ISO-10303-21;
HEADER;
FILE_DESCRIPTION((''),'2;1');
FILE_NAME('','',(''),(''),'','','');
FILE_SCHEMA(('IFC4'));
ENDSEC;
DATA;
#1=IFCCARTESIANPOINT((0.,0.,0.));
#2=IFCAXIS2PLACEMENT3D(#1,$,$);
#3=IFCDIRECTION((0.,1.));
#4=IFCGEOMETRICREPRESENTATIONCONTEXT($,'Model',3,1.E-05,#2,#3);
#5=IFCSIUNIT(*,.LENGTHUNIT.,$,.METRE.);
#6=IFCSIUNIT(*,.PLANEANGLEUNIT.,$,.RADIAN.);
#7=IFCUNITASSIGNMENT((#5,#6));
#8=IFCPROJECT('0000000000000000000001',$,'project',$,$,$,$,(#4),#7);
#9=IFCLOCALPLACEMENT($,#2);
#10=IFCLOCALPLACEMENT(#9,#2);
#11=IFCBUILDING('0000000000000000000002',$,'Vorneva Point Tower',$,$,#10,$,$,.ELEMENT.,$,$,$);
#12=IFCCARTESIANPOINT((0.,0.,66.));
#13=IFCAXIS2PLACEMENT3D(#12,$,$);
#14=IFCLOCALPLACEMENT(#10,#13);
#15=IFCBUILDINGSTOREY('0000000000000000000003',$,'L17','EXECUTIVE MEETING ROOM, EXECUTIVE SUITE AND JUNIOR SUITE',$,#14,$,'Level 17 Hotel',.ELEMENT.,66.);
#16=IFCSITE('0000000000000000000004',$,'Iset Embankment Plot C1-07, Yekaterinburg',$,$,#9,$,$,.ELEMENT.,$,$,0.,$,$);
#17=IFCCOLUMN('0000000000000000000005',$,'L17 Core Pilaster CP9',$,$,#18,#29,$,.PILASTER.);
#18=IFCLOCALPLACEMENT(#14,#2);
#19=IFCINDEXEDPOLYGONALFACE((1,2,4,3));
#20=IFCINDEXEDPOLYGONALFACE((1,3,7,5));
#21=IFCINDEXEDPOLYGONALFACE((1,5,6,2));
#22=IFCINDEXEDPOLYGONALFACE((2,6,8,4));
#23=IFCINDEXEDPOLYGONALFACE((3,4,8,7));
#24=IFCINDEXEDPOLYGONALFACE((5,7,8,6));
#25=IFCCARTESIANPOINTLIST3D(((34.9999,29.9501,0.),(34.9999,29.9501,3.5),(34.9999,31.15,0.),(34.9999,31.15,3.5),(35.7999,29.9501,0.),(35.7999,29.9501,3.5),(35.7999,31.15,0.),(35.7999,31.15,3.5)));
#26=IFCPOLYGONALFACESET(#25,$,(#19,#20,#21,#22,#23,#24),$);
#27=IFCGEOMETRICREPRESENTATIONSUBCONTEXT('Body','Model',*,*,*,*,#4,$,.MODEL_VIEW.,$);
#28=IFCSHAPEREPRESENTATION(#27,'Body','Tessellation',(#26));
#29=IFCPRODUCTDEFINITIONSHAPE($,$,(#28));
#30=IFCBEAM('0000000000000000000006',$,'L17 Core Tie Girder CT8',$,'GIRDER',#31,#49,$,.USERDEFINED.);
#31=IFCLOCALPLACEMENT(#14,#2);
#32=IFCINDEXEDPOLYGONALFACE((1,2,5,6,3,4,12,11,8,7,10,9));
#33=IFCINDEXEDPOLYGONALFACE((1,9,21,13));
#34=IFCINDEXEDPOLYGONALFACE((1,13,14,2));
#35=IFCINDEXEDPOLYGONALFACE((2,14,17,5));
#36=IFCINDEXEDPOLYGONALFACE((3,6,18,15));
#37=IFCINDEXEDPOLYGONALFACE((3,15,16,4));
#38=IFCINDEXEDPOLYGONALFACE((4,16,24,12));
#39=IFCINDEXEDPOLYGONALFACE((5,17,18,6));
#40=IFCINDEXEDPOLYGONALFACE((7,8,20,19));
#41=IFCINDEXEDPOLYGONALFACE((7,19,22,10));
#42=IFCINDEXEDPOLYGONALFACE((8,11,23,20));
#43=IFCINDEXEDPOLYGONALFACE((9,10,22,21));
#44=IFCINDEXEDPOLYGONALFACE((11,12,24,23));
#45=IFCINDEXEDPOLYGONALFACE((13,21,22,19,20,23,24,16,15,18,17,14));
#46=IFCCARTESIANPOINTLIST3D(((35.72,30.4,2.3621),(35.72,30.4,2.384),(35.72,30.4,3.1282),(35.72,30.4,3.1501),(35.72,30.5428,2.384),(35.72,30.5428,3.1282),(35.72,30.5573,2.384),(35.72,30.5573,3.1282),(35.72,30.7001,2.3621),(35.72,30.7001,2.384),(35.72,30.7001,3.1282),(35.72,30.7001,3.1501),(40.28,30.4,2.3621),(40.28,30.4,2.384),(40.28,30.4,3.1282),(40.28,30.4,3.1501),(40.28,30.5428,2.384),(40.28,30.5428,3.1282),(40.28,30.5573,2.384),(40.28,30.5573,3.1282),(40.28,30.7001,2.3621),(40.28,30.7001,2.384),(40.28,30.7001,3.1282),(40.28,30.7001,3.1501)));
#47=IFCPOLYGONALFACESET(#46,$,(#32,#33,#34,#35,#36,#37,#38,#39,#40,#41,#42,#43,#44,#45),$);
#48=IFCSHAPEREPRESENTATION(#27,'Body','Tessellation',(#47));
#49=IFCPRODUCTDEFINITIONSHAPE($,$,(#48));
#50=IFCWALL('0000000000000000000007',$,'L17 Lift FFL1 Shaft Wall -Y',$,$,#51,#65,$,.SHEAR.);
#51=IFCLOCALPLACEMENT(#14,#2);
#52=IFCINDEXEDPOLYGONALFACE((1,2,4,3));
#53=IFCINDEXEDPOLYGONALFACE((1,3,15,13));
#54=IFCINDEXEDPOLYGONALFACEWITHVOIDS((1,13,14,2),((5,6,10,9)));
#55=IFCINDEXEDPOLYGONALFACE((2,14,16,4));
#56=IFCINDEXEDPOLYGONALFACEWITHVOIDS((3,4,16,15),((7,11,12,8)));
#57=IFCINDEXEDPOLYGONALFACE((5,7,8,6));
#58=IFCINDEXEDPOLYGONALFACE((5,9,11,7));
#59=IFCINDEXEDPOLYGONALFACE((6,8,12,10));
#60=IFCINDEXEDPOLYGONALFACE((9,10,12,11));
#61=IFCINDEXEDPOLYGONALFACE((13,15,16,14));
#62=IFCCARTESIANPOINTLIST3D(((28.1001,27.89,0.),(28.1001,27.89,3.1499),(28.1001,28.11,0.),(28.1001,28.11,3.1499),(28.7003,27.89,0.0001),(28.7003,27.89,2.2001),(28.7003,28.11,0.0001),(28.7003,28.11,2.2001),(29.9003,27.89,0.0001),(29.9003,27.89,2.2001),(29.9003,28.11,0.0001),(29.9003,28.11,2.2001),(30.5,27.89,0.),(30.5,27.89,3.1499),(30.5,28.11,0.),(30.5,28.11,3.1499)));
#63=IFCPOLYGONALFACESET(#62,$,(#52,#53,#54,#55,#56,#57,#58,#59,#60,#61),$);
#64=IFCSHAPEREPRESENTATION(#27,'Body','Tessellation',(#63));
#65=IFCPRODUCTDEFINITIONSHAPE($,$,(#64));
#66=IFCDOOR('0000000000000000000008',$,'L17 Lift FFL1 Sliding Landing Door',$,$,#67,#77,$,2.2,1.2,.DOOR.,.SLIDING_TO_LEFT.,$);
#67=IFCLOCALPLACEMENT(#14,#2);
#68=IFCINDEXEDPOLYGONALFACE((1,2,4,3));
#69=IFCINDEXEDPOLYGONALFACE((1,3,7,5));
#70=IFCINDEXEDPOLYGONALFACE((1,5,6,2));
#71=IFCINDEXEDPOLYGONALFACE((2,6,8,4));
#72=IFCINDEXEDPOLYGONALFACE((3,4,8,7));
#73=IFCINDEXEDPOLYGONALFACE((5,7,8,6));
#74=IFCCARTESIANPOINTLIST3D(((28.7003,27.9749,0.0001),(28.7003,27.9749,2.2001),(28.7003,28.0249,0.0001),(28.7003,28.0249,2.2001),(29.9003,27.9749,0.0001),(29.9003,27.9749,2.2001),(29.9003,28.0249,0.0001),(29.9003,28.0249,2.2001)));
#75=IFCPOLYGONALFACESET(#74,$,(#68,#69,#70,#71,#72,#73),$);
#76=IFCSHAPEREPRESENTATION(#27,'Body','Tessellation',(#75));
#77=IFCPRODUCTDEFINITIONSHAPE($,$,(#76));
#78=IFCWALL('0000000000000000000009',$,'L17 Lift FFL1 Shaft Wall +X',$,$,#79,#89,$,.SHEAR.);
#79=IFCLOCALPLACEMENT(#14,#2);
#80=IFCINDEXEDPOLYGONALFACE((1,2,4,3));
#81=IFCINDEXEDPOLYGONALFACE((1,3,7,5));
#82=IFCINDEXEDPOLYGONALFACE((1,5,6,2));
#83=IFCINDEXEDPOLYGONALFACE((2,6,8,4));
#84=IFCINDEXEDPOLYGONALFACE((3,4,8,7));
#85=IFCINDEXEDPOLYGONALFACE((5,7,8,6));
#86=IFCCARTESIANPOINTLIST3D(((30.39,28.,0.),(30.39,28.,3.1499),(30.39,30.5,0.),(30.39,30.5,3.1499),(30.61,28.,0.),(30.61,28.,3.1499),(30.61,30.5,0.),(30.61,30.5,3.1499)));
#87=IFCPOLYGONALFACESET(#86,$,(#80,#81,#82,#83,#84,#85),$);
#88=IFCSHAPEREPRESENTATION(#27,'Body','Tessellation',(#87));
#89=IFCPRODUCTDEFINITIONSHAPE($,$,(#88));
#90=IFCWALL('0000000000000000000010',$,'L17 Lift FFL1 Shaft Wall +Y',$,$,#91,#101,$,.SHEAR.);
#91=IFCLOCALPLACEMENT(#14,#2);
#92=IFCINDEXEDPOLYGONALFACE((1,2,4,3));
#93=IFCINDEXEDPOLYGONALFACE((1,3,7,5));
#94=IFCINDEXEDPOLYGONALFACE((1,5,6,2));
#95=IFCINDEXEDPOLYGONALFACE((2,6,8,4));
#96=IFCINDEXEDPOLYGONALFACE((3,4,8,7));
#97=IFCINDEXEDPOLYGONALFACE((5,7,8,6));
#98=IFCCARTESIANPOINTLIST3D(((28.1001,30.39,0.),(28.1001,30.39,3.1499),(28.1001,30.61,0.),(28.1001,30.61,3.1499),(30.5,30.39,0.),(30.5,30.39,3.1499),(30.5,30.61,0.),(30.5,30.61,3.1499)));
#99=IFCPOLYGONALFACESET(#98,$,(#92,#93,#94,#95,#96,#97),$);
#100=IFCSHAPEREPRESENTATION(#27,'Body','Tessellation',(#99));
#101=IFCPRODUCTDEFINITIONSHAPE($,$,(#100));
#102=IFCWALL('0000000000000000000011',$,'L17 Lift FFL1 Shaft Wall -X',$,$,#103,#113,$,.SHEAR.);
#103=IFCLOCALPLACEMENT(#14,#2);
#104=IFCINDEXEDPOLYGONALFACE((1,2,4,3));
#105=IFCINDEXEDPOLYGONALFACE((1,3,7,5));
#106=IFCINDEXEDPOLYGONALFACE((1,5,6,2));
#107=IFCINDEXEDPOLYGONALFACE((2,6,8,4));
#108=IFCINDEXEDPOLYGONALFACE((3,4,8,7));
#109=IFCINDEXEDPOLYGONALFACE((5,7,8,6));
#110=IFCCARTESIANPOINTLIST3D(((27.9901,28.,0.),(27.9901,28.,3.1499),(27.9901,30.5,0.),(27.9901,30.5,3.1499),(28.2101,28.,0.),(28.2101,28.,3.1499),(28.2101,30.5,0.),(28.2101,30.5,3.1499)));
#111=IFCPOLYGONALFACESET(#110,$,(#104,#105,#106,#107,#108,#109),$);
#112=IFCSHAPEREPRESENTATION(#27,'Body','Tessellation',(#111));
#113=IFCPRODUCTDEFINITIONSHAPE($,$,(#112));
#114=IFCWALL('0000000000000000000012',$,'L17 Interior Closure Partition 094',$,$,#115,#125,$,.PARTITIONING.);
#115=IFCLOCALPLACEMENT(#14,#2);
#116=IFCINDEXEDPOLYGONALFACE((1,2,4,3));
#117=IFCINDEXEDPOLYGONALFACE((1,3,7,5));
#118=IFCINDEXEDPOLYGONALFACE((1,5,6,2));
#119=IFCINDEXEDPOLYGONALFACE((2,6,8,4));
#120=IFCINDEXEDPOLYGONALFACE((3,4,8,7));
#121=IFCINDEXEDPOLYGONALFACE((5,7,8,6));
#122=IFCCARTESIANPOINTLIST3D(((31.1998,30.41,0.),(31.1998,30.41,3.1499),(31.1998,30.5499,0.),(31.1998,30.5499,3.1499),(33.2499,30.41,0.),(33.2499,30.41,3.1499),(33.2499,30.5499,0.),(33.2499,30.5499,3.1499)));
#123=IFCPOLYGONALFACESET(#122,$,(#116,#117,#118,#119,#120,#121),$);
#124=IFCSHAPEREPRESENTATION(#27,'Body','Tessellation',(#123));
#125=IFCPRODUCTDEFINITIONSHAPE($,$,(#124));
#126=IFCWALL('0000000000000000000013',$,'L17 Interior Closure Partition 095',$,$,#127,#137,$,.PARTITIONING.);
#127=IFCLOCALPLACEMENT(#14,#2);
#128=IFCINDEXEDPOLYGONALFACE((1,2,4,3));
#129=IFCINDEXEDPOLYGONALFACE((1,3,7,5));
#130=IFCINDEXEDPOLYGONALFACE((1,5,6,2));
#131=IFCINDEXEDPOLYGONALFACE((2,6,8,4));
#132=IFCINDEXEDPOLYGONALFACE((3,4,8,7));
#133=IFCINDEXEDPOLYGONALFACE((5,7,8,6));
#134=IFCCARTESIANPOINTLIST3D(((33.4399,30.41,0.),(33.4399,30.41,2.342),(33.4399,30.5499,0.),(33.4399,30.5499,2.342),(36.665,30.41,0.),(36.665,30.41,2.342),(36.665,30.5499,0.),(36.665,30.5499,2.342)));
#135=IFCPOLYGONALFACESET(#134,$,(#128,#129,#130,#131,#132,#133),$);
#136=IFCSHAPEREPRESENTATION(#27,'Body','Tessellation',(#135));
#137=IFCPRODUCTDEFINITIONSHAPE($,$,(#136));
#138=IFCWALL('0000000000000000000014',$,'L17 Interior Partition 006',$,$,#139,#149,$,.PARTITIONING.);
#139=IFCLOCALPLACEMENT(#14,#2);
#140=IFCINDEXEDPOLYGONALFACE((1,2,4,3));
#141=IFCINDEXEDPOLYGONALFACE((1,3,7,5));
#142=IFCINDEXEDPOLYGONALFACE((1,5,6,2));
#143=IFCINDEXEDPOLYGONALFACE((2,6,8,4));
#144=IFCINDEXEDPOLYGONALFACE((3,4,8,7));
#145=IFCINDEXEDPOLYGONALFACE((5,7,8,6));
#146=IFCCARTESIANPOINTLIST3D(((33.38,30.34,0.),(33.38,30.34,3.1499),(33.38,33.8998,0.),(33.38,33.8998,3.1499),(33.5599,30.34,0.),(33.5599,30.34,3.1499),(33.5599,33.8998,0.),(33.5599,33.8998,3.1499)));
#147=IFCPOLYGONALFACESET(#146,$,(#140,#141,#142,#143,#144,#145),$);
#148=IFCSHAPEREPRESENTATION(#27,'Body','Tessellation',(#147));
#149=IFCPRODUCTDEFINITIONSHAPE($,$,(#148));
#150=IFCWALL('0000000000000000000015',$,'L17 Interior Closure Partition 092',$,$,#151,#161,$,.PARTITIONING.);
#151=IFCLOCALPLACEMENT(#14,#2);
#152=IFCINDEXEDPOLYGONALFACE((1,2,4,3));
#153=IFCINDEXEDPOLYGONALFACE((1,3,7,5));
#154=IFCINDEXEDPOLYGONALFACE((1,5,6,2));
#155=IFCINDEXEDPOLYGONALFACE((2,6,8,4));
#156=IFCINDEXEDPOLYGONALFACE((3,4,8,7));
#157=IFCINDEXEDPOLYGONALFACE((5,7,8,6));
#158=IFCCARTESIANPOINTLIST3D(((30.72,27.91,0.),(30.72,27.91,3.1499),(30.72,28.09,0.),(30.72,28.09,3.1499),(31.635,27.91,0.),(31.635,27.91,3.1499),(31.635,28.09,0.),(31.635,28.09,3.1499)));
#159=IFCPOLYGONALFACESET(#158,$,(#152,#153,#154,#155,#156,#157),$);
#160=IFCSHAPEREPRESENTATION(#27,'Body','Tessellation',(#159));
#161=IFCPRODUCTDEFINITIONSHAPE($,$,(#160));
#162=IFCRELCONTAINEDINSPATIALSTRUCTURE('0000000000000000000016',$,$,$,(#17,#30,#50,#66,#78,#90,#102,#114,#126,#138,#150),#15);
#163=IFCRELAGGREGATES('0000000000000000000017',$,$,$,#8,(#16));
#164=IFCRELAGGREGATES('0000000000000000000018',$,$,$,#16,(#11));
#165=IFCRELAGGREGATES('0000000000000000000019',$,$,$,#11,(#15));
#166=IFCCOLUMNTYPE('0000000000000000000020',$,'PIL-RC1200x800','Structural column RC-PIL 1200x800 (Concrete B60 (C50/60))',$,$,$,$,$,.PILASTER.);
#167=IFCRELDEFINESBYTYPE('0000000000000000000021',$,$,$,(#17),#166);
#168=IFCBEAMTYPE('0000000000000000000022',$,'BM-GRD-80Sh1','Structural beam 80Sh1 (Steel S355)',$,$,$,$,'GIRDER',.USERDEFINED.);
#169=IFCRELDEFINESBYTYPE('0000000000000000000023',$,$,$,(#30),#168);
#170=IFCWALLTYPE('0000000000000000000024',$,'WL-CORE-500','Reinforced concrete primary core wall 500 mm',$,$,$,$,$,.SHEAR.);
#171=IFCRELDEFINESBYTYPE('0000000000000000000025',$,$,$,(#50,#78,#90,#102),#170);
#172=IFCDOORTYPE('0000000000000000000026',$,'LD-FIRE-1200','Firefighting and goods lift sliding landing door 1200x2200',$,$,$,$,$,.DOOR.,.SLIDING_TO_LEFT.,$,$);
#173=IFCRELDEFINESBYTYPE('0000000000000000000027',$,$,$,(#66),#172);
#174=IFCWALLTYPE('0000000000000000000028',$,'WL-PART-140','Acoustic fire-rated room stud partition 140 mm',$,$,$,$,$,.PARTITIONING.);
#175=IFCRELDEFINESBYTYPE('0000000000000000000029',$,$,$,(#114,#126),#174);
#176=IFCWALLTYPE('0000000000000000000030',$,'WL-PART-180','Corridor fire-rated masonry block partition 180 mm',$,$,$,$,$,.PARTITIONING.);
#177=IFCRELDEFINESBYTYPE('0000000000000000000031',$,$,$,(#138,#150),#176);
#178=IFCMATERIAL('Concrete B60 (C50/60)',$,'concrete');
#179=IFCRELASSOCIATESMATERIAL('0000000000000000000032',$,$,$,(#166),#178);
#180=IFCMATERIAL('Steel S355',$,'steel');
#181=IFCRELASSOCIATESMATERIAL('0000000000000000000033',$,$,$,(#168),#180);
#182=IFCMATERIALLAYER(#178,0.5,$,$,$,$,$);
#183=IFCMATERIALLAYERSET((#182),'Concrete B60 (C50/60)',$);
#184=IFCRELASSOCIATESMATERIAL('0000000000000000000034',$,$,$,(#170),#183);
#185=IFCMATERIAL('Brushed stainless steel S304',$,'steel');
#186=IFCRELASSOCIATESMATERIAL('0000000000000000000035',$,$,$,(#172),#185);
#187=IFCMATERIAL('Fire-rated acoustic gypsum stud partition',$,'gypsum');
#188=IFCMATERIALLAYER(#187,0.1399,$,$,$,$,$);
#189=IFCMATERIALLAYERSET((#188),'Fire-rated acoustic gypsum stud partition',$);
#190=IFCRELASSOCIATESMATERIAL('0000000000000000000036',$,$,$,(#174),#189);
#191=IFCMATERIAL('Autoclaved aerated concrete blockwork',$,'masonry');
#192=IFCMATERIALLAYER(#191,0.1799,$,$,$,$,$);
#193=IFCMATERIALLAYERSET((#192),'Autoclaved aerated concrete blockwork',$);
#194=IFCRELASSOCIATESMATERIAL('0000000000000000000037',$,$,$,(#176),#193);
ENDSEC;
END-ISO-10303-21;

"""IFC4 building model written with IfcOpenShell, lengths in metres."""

from ifc_helpers import new_model, si_unit, direction, frame, frame_2d, origin, origin_2d, place, context, subcontext, project, spatial, rectangle, i_section, extrude, material, layer, layer_set, material_profile, profile_set, type_object, element, fill, save


model = new_model("IFC4")

# Units and contexts
model_context = context("Model", 3, precision=1e-05, world=origin(), true_north=direction((0.0, 1.0)))
body_context = subcontext(model_context, "Body", "Model", "MODEL_VIEW")
ifc_project = project(units=[si_unit("LENGTHUNIT", "METRE"), si_unit("PLANEANGLEUNIT", "RADIAN")], contexts=[model_context])

# Site, building, storey
site_placement = place(None, origin())
site = spatial("IfcSite", under=ifc_project, at=site_placement, Name="Iset Embankment Plot C1-07, Yekaterinburg", CompositionType="ELEMENT", RefElevation=0.0)
building_placement = place(site_placement, origin())
building = spatial("IfcBuilding", under=site, at=building_placement, Name="Vorneva Point Tower", CompositionType="ELEMENT")
storey_placement = place(building_placement, frame((0.0, 0.0, 66.0)))
storey = spatial("IfcBuildingStorey", under=building, at=storey_placement, Name="L17", Description="EXECUTIVE MEETING ROOM, EXECUTIVE SUITE AND JUNIOR SUITE", LongName="Level 17 Hotel", CompositionType="ELEMENT", Elevation=66.0)

# Column
ifc_material_1 = material(Name="Concrete B60 (C50/60)", Category="concrete")
ifc_material_profile_1 = material_profile(ifc_material_1, rectangle(XDim=0.8, YDim=1.2, at=origin_2d()), Name="RC-PIL 1200x800")
ifc_profile_set_1 = profile_set([ifc_material_profile_1], Name="Concrete B60 (C50/60)")
column_type = type_object("IfcColumnType", Name="PIL-RC1200x800", Description="Structural column RC-PIL 1200x800 (Concrete B60 (C50/60))", PredefinedType="PILASTER", material=ifc_profile_set_1)
column_placement = place(storey_placement, frame((35.3999, 30.55, 0.0), z_axis=(0.0, 0.0, 1.0), x_axis=(1.0, 0.0, 0.0)))
element("IfcColumn", 1, at=column_placement, inside=storey, type_object=column_type, Name="L17 Core Pilaster CP9", PredefinedType="PILASTER", context=body_context, shape_type="SweptSolid", body=[
    extrude(rectangle(XDim=0.8, YDim=1.2, at=origin_2d()), origin(), (0.0, 0.0, 1.0), 3.5),
])

# Beam
ifc_material_2 = material(Name="Steel S355", Category="steel")
ifc_material_profile_2 = material_profile(ifc_material_2, i_section(OverallWidth=0.3, OverallDepth=0.7881, WebThickness=0.0144, FlangeThickness=0.022, at=origin_2d()), Name="80Sh1")
ifc_profile_set_2 = profile_set([ifc_material_profile_2], Name="Steel S355")
beam_type = type_object("IfcBeamType", Name="BM-GRD-80Sh1", Description="Structural beam 80Sh1 (Steel S355)", ElementType="GIRDER", PredefinedType="USERDEFINED", material=ifc_profile_set_2)
beam_placement = place(storey_placement, frame((35.72, 30.55, 2.7561), z_axis=(1.0, 0.0, 0.0), x_axis=(0.0, 1.0, 0.0)))
element("IfcBeam", 2, at=beam_placement, inside=storey, type_object=beam_type, Name="L17 Core Tie Girder CT8", ObjectType="GIRDER", PredefinedType="USERDEFINED", context=body_context, shape_type="SweptSolid", body=[
    extrude(i_section(OverallWidth=0.3, OverallDepth=0.7881, WebThickness=0.0144, FlangeThickness=0.022, at=origin_2d()), origin(), (0.0, 0.0, 1.0), 4.5601),
])

# Wall, opening, door
ifc_layer_1 = layer(ifc_material_1, 0.5)
ifc_layer_set_1 = layer_set([ifc_layer_1], Name="Concrete B60 (C50/60)")
wall_type_1 = type_object("IfcWallType", Name="WL-CORE-500", Description="Reinforced concrete primary core wall 500 mm", PredefinedType="SHEAR", material=ifc_layer_set_1)
wall_1_placement = place(storey_placement, frame((28.1001, 28.0, 0.0), z_axis=(0.0, 0.0, 1.0), x_axis=(1.0, 0.0, 0.0)))
wall_1 = element("IfcWall", 3, at=wall_1_placement, inside=storey, type_object=wall_type_1, Name="L17 Lift FFL1 Shaft Wall -Y", PredefinedType="SHEAR", context=body_context, shape_type="SweptSolid", body=[
    extrude(rectangle(XDim=2.3999, YDim=0.22, at=frame_2d((1.2, 0.0))), origin(), (0.0, 0.0, 1.0), 3.1499),
])
opening_1_placement = place(wall_1_placement, frame((0.6001, 0.0, 0.0)))
opening_1 = element("IfcOpeningElement", 4, at=opening_1_placement, cuts=wall_1, PredefinedType="OPENING", context=body_context, shape_type="SweptSolid", body=[
    extrude(rectangle(XDim=1.2, YDim=2.2, at=frame_2d((0.6001, 1.1001))), frame((0.0, 0.125, 0.0), z_axis=(0.0, -1.0, 0.0), x_axis=(1.0, 0.0, 0.0)), (0.0, 0.0, 1.0), 0.2498),
])
ifc_material_3 = material(Name="Brushed stainless steel S304", Category="steel")
door_type_1 = type_object("IfcDoorType", Name="LD-FIRE-1200", Description="Firefighting and goods lift sliding landing door 1200x2200", OperationType="SLIDING_TO_LEFT", PredefinedType="DOOR", material=ifc_material_3)
door_1_placement = place(opening_1_placement, origin())
door_1 = element("IfcDoor", 5, at=door_1_placement, inside=storey, type_object=door_type_1, Name="L17 Lift FFL1 Sliding Landing Door", OperationType="SLIDING_TO_LEFT", OverallHeight=2.2, OverallWidth=1.2, PredefinedType="DOOR", context=body_context, shape_type="SweptSolid", body=[
    extrude(rectangle(XDim=1.2, YDim=2.2, at=frame_2d((0.6001, 1.1001))), frame((0.0, 0.0249, 0.0), z_axis=(0.0, -1.0, 0.0), x_axis=(1.0, 0.0, 0.0)), (0.0, 0.0, 1.0), 0.05),
])
fill(opening_1, door_1)

# Walls
wall_2_placement = place(storey_placement, frame((30.5, 28.0, 0.0), z_axis=(0.0, 0.0, 1.0), x_axis=(0.0, 1.0, 0.0)))
element("IfcWall", 6, at=wall_2_placement, inside=storey, type_object=wall_type_1, Name="L17 Lift FFL1 Shaft Wall +X", PredefinedType="SHEAR", context=body_context, shape_type="SweptSolid", body=[
    extrude(rectangle(XDim=2.5, YDim=0.22, at=frame_2d((1.25, 0.0))), origin(), (0.0, 0.0, 1.0), 3.1499),
])
wall_3_placement = place(storey_placement, frame((30.5, 30.5, 0.0), z_axis=(0.0, 0.0, 1.0), x_axis=(-1.0, 0.0, 0.0)))
element("IfcWall", 7, at=wall_3_placement, inside=storey, type_object=wall_type_1, Name="L17 Lift FFL1 Shaft Wall +Y", PredefinedType="SHEAR", context=body_context, shape_type="SweptSolid", body=[
    extrude(rectangle(XDim=2.3999, YDim=0.22, at=frame_2d((1.2, 0.0))), origin(), (0.0, 0.0, 1.0), 3.1499),
])
wall_4_placement = place(storey_placement, frame((28.1001, 30.5, 0.0), z_axis=(0.0, 0.0, 1.0), x_axis=(0.0, -1.0, 0.0)))
element("IfcWall", 8, at=wall_4_placement, inside=storey, type_object=wall_type_1, Name="L17 Lift FFL1 Shaft Wall -X", PredefinedType="SHEAR", context=body_context, shape_type="SweptSolid", body=[
    extrude(rectangle(XDim=2.5, YDim=0.22, at=frame_2d((1.25, 0.0))), origin(), (0.0, 0.0, 1.0), 3.1499),
])
ifc_material_4 = material(Name="Fire-rated acoustic gypsum stud partition", Category="gypsum")
ifc_layer_2 = layer(ifc_material_4, 0.1399)
ifc_layer_set_2 = layer_set([ifc_layer_2], Name="Fire-rated acoustic gypsum stud partition")
wall_type_2 = type_object("IfcWallType", Name="WL-PART-140", Description="Acoustic fire-rated room stud partition 140 mm", PredefinedType="PARTITIONING", material=ifc_layer_set_2)
wall_5_placement = place(storey_placement, frame((31.2, 30.48, 0.0), z_axis=(0.0, 0.0, 1.0), x_axis=(1.0, 0.0, 0.0)))
element("IfcWall", 9, at=wall_5_placement, inside=storey, type_object=wall_type_2, Name="L17 Interior Closure Partition 094", PredefinedType="PARTITIONING", context=body_context, shape_type="SweptSolid", body=[
    extrude(rectangle(XDim=2.05, YDim=0.1399, at=frame_2d((1.0249, 0.0))), origin(), (0.0, 0.0, 1.0), 3.1499),
])
wall_6_placement = place(storey_placement, frame((33.4399, 30.48, 0.0), z_axis=(0.0, 0.0, 1.0), x_axis=(1.0, 0.0, 0.0)))
element("IfcWall", 10, at=wall_6_placement, inside=storey, type_object=wall_type_2, Name="L17 Interior Closure Partition 095", PredefinedType="PARTITIONING", context=body_context, shape_type="SweptSolid", body=[
    extrude(rectangle(XDim=3.2251, YDim=0.1399, at=frame_2d((1.6125, 0.0))), origin(), (0.0, 0.0, 1.0), 2.342),
])

# Shared definitions
ifc_material_5 = material(Name="Autoclaved aerated concrete blockwork", Category="masonry")
ifc_layer_3 = layer(ifc_material_5, 0.1799)
ifc_layer_set_3 = layer_set([ifc_layer_3], Name="Autoclaved aerated concrete blockwork")
wall_type_3 = type_object("IfcWallType", Name="WL-PART-180", Description="Corridor fire-rated masonry block partition 180 mm", PredefinedType="PARTITIONING", material=ifc_layer_set_3)

# Walls
wall_7_placement = place(storey_placement, frame((33.47, 30.3401, 0.0), z_axis=(0.0, 0.0, 1.0), x_axis=(0.0, 1.0, 0.0)))
element("IfcWall", 11, at=wall_7_placement, inside=storey, type_object=wall_type_3, Name="L17 Interior Partition 006", PredefinedType="PARTITIONING", context=body_context, shape_type="SweptSolid", body=[
    extrude(rectangle(XDim=3.5598, YDim=0.1799, at=frame_2d((1.7798, 0.0))), origin(), (0.0, 0.0, 1.0), 3.1499),
])
wall_8_placement = place(storey_placement, frame((31.635, 28.0, 0.0), z_axis=(0.0, 0.0, 1.0), x_axis=(-1.0, 0.0, 0.0)))
element("IfcWall", 12, at=wall_8_placement, inside=storey, type_object=wall_type_3, Name="L17 Interior Closure Partition 092", PredefinedType="PARTITIONING", context=body_context, shape_type="SweptSolid", body=[
    extrude(rectangle(XDim=0.915, YDim=0.1799, at=frame_2d((0.4575, 0.0))), origin(), (0.0, 0.0, 1.0), 3.1499),
])

save(model, "model.ifc")
